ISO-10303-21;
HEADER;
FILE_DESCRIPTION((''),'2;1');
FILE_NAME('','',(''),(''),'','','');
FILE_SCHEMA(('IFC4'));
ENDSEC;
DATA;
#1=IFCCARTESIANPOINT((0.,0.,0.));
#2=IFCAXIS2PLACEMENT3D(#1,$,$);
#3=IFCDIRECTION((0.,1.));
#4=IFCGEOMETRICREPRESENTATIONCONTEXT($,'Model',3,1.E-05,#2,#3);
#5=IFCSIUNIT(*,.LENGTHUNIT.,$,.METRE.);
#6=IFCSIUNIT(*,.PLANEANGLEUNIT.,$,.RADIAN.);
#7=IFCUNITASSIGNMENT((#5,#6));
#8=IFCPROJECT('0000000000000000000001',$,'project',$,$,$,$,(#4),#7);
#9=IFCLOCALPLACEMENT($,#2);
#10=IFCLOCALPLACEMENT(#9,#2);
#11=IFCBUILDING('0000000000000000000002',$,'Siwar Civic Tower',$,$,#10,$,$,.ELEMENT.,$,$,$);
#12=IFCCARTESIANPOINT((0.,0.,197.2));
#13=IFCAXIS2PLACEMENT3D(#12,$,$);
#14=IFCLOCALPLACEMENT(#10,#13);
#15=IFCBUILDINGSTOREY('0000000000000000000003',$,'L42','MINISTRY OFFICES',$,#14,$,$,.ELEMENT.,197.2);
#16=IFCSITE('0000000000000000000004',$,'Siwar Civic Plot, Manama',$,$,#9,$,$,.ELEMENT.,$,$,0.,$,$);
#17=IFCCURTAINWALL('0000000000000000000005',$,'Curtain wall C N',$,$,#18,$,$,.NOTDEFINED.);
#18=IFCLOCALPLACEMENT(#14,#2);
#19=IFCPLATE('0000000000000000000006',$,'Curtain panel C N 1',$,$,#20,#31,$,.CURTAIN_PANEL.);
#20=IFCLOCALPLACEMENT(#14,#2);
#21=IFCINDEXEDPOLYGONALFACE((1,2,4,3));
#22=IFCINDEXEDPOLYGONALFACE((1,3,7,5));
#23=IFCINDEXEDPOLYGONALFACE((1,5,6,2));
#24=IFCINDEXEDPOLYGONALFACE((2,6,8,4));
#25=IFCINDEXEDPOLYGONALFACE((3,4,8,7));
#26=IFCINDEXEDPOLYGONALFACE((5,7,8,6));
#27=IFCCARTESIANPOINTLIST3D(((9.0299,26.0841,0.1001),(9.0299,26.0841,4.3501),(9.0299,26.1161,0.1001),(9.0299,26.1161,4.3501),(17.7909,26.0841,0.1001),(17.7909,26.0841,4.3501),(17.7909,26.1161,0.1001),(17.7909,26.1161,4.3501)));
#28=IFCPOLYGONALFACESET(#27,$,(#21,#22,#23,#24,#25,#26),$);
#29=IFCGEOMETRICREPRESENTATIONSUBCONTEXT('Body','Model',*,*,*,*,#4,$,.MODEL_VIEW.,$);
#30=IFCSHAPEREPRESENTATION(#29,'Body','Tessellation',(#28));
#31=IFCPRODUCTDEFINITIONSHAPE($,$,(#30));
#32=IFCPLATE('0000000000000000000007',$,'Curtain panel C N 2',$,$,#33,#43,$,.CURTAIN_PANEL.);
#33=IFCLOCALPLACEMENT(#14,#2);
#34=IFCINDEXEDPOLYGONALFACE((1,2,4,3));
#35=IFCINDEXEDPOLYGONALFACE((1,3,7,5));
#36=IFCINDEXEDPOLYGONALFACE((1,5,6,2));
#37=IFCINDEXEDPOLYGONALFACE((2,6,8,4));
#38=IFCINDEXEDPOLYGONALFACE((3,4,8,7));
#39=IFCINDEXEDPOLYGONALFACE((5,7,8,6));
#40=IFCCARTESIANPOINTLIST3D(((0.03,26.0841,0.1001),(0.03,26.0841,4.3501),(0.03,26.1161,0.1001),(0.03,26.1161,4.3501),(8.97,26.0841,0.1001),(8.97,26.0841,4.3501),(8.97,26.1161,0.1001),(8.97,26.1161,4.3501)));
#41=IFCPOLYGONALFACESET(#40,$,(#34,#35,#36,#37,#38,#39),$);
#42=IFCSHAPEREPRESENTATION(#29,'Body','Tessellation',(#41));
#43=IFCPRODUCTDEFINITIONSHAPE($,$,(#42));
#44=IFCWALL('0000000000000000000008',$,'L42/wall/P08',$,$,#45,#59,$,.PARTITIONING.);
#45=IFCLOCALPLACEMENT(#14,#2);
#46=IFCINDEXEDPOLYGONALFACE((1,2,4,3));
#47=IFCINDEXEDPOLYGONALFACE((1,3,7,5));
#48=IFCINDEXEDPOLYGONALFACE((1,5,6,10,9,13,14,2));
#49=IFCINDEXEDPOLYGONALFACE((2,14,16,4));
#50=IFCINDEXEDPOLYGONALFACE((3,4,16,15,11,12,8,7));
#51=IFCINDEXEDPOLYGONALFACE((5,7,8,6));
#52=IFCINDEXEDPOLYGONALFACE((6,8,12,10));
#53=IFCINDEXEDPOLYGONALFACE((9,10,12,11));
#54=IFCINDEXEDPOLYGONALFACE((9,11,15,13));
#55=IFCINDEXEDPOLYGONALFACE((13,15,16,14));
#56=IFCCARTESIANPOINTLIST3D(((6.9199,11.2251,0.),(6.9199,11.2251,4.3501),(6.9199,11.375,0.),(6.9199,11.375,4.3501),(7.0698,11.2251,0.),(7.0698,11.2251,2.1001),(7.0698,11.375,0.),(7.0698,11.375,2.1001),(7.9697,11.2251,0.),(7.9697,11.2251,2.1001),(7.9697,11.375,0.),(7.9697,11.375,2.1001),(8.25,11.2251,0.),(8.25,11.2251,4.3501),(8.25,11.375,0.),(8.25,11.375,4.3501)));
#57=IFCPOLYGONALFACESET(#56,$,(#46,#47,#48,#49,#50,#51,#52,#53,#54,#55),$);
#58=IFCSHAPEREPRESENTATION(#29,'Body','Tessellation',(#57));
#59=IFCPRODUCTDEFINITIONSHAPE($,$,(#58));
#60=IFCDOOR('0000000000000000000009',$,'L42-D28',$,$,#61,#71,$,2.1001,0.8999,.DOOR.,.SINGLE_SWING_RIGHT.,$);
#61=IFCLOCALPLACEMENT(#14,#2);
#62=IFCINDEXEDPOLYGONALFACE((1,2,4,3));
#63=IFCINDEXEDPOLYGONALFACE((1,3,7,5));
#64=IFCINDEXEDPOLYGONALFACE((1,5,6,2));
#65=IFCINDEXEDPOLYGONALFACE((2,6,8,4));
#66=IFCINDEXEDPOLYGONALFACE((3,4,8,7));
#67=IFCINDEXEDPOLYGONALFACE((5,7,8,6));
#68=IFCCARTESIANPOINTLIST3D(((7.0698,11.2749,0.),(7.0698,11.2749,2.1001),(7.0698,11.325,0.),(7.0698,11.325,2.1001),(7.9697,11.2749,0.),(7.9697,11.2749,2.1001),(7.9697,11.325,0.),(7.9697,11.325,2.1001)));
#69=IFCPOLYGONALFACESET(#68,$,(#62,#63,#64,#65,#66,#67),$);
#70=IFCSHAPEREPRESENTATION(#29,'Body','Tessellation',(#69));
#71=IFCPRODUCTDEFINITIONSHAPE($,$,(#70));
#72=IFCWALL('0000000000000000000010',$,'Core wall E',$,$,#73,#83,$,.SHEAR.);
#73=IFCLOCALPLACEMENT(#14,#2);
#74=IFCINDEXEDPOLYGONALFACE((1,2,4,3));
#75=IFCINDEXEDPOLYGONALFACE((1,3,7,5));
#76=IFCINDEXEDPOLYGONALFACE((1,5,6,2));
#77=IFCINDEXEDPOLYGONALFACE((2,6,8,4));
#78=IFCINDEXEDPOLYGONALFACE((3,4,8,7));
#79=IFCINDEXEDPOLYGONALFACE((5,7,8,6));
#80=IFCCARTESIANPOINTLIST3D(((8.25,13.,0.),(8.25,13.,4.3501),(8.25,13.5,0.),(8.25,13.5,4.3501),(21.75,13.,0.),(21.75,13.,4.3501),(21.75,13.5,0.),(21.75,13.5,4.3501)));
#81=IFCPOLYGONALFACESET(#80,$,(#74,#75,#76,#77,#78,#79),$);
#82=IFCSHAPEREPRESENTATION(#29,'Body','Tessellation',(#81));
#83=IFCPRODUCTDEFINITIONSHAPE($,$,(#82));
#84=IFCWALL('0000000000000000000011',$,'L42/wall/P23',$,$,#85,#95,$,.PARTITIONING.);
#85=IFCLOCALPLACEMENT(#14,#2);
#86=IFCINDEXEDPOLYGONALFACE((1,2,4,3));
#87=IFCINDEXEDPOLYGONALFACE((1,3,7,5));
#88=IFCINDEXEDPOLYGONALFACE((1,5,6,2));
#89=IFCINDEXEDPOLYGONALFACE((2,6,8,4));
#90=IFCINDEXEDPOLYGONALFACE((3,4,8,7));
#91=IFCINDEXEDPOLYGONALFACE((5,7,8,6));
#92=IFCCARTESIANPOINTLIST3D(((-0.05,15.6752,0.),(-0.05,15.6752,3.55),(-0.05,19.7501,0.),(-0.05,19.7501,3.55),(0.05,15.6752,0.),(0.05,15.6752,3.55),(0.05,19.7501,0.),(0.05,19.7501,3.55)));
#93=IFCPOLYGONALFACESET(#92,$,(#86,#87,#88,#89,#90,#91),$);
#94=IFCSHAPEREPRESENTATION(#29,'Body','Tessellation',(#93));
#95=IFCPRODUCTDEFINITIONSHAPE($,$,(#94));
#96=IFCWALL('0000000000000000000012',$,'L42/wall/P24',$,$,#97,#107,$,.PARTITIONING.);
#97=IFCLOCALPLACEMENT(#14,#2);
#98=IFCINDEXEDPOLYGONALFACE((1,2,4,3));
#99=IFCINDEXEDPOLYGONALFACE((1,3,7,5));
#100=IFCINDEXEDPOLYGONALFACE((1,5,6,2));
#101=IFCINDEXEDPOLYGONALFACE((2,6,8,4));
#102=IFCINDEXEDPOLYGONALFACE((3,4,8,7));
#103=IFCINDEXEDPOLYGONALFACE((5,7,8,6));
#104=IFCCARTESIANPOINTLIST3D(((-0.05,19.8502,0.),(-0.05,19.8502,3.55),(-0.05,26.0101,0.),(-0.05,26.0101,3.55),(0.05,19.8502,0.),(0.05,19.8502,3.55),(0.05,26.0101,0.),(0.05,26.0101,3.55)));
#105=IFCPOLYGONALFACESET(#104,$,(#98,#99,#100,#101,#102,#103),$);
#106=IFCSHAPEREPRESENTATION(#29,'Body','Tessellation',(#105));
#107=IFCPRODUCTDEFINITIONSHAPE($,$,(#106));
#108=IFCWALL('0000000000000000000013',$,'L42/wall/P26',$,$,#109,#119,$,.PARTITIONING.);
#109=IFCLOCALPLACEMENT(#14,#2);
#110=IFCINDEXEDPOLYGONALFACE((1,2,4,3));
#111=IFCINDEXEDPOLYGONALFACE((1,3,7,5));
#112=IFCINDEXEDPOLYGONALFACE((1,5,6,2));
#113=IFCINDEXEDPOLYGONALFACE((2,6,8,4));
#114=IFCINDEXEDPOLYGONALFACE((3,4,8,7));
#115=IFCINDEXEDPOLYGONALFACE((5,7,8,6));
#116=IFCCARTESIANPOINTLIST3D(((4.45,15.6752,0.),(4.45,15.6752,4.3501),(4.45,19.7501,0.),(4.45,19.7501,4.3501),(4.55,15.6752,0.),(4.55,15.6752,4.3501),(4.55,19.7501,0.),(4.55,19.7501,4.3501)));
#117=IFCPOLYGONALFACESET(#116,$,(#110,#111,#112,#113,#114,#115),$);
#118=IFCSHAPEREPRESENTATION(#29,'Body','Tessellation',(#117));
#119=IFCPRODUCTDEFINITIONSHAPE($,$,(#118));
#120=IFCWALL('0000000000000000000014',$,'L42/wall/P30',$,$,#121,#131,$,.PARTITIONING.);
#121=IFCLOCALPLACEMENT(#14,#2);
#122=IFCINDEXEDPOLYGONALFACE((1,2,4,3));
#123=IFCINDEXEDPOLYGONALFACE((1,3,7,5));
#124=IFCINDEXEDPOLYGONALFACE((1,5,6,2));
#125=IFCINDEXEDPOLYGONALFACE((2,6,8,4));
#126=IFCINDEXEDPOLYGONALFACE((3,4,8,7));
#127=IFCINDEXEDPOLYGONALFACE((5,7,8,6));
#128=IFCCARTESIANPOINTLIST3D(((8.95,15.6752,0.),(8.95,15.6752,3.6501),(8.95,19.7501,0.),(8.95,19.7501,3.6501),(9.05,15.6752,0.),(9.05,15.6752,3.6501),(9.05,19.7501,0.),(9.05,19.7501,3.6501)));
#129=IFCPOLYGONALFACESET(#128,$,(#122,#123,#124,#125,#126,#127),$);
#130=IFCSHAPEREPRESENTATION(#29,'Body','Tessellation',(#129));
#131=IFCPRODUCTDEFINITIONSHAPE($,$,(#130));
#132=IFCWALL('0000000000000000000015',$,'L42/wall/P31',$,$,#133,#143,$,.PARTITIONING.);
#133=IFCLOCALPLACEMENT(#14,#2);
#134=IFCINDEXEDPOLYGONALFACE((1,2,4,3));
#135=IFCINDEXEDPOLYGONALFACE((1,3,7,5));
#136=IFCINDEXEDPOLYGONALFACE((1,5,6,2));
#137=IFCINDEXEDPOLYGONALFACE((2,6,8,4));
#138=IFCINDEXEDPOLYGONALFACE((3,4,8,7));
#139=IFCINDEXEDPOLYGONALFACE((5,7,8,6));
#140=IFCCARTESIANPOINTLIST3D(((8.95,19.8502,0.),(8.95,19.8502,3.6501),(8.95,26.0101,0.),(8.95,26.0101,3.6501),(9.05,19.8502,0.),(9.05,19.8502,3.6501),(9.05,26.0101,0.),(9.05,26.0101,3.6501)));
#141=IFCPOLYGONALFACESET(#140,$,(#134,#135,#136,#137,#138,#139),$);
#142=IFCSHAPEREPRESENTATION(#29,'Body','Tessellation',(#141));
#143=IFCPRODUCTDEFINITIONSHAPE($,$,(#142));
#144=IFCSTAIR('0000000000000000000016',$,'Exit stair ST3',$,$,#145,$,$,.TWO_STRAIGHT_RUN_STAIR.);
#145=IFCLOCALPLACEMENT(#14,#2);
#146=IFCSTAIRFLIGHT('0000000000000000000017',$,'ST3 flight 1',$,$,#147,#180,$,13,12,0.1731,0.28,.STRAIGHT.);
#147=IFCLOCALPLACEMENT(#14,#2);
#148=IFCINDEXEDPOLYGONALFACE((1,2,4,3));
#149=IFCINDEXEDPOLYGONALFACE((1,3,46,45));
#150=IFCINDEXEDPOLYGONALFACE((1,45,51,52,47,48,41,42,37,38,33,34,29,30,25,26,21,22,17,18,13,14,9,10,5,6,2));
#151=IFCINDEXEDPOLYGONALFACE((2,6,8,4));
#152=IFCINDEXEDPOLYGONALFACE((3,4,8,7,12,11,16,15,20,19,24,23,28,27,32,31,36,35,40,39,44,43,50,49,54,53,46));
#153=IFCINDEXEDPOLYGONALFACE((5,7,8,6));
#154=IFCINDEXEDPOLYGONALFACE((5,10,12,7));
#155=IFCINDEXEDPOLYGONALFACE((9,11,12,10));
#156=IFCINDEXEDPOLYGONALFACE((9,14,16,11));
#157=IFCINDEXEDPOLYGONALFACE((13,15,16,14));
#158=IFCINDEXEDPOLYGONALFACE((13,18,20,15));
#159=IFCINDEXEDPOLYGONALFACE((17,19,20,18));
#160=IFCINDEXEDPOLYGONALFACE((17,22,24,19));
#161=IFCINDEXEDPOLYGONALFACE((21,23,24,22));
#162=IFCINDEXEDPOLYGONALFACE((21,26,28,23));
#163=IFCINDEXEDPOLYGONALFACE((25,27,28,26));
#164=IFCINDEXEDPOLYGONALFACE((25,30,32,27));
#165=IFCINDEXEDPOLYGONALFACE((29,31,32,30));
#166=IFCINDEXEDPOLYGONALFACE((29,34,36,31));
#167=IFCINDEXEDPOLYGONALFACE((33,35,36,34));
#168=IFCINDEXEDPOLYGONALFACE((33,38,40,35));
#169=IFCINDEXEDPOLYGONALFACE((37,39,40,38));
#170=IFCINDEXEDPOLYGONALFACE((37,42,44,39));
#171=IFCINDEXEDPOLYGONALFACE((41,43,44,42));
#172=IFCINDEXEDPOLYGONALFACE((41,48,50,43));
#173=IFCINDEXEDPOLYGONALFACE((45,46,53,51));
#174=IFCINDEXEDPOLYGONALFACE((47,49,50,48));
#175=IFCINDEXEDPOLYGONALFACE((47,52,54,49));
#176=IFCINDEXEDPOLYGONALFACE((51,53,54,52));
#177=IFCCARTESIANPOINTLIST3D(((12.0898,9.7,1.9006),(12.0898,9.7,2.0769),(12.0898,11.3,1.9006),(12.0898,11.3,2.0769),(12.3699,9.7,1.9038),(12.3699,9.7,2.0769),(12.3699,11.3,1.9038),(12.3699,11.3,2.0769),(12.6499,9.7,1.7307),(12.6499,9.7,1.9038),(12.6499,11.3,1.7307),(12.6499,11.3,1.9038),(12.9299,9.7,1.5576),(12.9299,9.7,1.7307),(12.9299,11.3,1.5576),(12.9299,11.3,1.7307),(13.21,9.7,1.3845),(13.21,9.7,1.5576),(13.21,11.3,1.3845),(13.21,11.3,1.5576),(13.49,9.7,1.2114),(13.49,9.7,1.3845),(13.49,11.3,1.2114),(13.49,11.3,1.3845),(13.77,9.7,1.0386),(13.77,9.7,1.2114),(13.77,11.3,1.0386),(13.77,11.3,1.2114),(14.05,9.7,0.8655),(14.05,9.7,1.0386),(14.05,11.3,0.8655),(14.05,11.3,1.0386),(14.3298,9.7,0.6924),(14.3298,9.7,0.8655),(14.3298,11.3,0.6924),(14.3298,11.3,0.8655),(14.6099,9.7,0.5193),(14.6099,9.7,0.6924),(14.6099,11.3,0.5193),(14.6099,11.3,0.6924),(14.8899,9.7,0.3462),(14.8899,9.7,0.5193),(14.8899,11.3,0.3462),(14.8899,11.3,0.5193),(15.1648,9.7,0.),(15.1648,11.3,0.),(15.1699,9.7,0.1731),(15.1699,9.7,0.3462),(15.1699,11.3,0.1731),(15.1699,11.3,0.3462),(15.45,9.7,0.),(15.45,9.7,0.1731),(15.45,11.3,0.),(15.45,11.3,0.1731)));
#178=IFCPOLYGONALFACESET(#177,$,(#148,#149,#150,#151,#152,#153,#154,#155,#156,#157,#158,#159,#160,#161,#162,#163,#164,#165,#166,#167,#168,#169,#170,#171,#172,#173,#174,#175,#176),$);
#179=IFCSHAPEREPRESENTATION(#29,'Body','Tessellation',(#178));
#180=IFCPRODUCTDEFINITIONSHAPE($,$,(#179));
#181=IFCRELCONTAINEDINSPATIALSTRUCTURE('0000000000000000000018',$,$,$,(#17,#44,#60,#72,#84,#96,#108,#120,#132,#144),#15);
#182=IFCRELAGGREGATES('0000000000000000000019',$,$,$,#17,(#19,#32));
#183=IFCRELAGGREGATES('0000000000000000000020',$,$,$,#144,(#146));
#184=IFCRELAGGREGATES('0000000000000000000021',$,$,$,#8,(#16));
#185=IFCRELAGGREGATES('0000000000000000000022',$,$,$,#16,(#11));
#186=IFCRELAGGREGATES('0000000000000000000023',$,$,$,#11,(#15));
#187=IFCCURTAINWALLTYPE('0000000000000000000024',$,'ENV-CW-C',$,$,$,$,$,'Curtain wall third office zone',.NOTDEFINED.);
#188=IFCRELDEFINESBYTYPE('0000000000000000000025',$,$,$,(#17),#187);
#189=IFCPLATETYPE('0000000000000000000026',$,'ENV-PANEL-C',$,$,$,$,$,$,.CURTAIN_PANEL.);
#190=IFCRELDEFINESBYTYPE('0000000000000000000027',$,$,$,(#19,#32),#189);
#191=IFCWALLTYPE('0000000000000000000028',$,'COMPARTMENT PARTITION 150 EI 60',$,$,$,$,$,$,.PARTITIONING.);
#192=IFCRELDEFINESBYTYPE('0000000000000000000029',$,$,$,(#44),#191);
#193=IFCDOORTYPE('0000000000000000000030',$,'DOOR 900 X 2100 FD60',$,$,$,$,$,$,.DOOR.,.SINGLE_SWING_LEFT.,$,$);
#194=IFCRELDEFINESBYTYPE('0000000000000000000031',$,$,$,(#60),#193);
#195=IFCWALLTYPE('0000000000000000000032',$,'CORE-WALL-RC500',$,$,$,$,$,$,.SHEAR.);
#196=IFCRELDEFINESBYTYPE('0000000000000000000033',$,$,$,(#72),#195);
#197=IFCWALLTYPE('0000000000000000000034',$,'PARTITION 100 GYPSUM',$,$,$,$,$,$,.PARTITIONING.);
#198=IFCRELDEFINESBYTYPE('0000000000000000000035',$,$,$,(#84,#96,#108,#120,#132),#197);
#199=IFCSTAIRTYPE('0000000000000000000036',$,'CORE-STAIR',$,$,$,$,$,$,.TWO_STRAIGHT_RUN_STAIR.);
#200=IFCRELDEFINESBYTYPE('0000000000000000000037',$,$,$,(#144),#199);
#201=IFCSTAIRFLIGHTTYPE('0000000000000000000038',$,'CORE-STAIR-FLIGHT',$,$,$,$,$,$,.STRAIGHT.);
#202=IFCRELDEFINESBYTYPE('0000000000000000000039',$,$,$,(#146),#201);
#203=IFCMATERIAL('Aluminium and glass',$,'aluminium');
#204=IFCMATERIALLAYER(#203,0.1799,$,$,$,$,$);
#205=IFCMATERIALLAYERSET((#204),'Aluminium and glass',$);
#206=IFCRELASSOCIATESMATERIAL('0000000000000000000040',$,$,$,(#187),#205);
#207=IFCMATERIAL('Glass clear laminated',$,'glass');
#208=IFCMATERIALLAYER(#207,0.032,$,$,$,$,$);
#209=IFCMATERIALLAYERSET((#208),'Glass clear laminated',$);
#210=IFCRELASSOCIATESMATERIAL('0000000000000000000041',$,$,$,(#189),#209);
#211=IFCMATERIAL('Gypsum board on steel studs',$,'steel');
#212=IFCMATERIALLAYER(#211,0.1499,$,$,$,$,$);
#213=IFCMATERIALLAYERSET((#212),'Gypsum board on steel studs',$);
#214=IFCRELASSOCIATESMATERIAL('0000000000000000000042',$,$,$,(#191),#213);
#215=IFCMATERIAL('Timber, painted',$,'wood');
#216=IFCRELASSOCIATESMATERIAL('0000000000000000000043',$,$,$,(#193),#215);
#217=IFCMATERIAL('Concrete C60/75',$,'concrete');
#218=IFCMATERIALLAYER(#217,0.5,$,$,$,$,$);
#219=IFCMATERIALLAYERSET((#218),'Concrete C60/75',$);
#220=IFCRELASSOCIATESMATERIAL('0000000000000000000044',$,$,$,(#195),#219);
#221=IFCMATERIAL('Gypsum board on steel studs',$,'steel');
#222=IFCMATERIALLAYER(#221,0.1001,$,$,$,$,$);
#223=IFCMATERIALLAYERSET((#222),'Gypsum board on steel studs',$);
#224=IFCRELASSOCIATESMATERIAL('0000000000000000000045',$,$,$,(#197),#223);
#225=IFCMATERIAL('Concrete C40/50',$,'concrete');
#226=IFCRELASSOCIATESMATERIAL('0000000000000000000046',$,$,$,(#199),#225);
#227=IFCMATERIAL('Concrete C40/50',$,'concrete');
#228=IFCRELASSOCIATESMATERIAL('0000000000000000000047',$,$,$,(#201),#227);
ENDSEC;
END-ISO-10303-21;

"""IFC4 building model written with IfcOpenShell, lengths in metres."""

from ifc_helpers import new_model, si_unit, direction, frame, frame_2d, origin, origin_2d, place, context, subcontext, project, spatial, polyline, rectangle, outline, extrude, material, layer, layer_set, type_object, element, fill, aggregate, save


model = new_model("IFC4")

# Units and contexts
model_context = context("Model", 3, precision=1e-05, world=origin(), true_north=direction((0.0, 1.0)))
body_context = subcontext(model_context, "Body", "Model", "MODEL_VIEW")
ifc_project = project(units=[si_unit("LENGTHUNIT", "METRE"), si_unit("PLANEANGLEUNIT", "RADIAN")], contexts=[model_context])

# Site, building, storey
site_placement = place(None, origin())
site = spatial("IfcSite", under=ifc_project, at=site_placement, Name="Siwar Civic Plot, Manama", CompositionType="ELEMENT", RefElevation=0.0)
building_placement = place(site_placement, origin())
building = spatial("IfcBuilding", under=site, at=building_placement, Name="Siwar Civic Tower", CompositionType="ELEMENT")
storey_placement = place(building_placement, frame((0.0, 0.0, 197.2)))
storey = spatial("IfcBuildingStorey", under=building, at=storey_placement, Name="L42", Description="MINISTRY OFFICES", CompositionType="ELEMENT", Elevation=197.2)

# Curtain wall
ifc_material_1 = material(Name="Aluminium and glass", Category="aluminium")
ifc_layer_1 = layer(ifc_material_1, 0.1799)
ifc_layer_set_1 = layer_set([ifc_layer_1], Name="Aluminium and glass")
curtain_wall_type = type_object("IfcCurtainWallType", Name="ENV-CW-C", ElementType="Curtain wall third office zone", PredefinedType="NOTDEFINED", material=ifc_layer_set_1)
curtain_wall_placement = place(storey_placement, origin())
curtain_wall = element("IfcCurtainWall", 1, at=curtain_wall_placement, inside=storey, type_object=curtain_wall_type, Name="Curtain wall C N", PredefinedType="NOTDEFINED")

# Plates
ifc_material_2 = material(Name="Glass clear laminated", Category="glass")
ifc_layer_2 = layer(ifc_material_2, 0.032)
ifc_layer_set_2 = layer_set([ifc_layer_2], Name="Glass clear laminated")
plate_type = type_object("IfcPlateType", Name="ENV-PANEL-C", PredefinedType="CURTAIN_PANEL", material=ifc_layer_set_2)
plate_1_placement = place(storey_placement, frame((13.4104, 26.1001, 0.1001), z_axis=(0.0, 0.0, 1.0), x_axis=(-1.0, 0.0, 0.0)))
plate_1 = element("IfcPlate", 2, at=plate_1_placement, type_object=plate_type, Name="Curtain panel C N 1", PredefinedType="CURTAIN_PANEL", context=body_context, shape_type="SweptSolid", body=[
    extrude(rectangle(XDim=8.761, YDim=0.032, at=origin_2d()), origin(), (0.0, 0.0, 1.0), 4.25),
])
plate_2_placement = place(storey_placement, frame((4.5, 26.1001, 0.1001), z_axis=(0.0, 0.0, 1.0), x_axis=(-1.0, 0.0, 0.0)))
plate_2 = element("IfcPlate", 3, at=plate_2_placement, type_object=plate_type, Name="Curtain panel C N 2", PredefinedType="CURTAIN_PANEL", context=body_context, shape_type="SweptSolid", body=[
    extrude(rectangle(XDim=8.9399, YDim=0.032, at=origin_2d()), origin(), (0.0, 0.0, 1.0), 4.25),
])
aggregate(curtain_wall, [plate_1, plate_2])

# Wall, opening, door
ifc_material_3 = material(Name="Gypsum board on steel studs", Category="steel")
ifc_layer_3 = layer(ifc_material_3, 0.1499)
ifc_layer_set_3 = layer_set([ifc_layer_3], Name="Gypsum board on steel studs")
wall_type_1 = type_object("IfcWallType", Name="COMPARTMENT PARTITION 150 EI 60", PredefinedType="PARTITIONING", material=ifc_layer_set_3)
wall_1_placement = place(storey_placement, frame((6.9199, 11.3, 0.0), z_axis=(0.0, 0.0, 1.0), x_axis=(1.0, 0.0, 0.0)))
wall_1 = element("IfcWall", 4, at=wall_1_placement, inside=storey, type_object=wall_type_1, Name="L42/wall/P08", PredefinedType="PARTITIONING", context=body_context, shape_type="SweptSolid", body=[
    extrude(rectangle(XDim=1.3301, YDim=0.1499, at=frame_2d((0.665, 0.0))), origin(), (0.0, 0.0, 1.0), 4.3501),
])
opening_placement = place(wall_1_placement, frame((0.1499, 0.0, 0.0)))
opening = element("IfcOpeningElement", 5, at=opening_placement, cuts=wall_1, PredefinedType="OPENING", context=body_context, shape_type="SweptSolid", body=[
    extrude(rectangle(XDim=0.8999, YDim=2.1001, at=frame_2d((0.45, 1.05))), frame((0.0, 0.085, 0.0), z_axis=(0.0, -1.0, 0.0), x_axis=(1.0, 0.0, 0.0)), (0.0, 0.0, 1.0), 0.1699),
])
ifc_material_4 = material(Name="Timber, painted", Category="wood")
door_type = type_object("IfcDoorType", Name="DOOR 900 X 2100 FD60", OperationType="SINGLE_SWING_LEFT", PredefinedType="DOOR", material=ifc_material_4)
door_placement = place(opening_placement, origin())
door = element("IfcDoor", 6, at=door_placement, inside=storey, type_object=door_type, Name="L42-D28", OperationType="SINGLE_SWING_RIGHT", OverallHeight=2.1001, OverallWidth=0.8999, PredefinedType="DOOR", context=body_context, shape_type="SweptSolid", body=[
    extrude(rectangle(XDim=0.8999, YDim=2.1001, at=frame_2d((0.45, 1.05))), frame((0.0, 0.0249, 0.0), z_axis=(0.0, -1.0, 0.0), x_axis=(1.0, 0.0, 0.0)), (0.0, 0.0, 1.0), 0.05),
])
fill(opening, door)

# Walls
ifc_material_5 = material(Name="Concrete C60/75", Category="concrete")
ifc_layer_4 = layer(ifc_material_5, 0.5)
ifc_layer_set_4 = layer_set([ifc_layer_4], Name="Concrete C60/75")
wall_type_2 = type_object("IfcWallType", Name="CORE-WALL-RC500", PredefinedType="SHEAR", material=ifc_layer_set_4)
wall_2_placement = place(storey_placement, frame((8.25, 13.25, 0.0), z_axis=(0.0, 0.0, 1.0), x_axis=(1.0, 0.0, 0.0)))
element("IfcWall", 7, at=wall_2_placement, inside=storey, type_object=wall_type_2, Name="Core wall E", PredefinedType="SHEAR", context=body_context, shape_type="SweptSolid", body=[
    extrude(rectangle(XDim=13.5, YDim=0.5, at=frame_2d((6.75, 0.0))), origin(), (0.0, 0.0, 1.0), 4.3501),
])
ifc_material_6 = material(Name="Gypsum board on steel studs", Category="steel")
ifc_layer_5 = layer(ifc_material_6, 0.1001)
ifc_layer_set_5 = layer_set([ifc_layer_5], Name="Gypsum board on steel studs")
wall_type_3 = type_object("IfcWallType", Name="PARTITION 100 GYPSUM", PredefinedType="PARTITIONING", material=ifc_layer_set_5)
wall_3_placement = place(storey_placement, frame((0.0, 15.675, 0.0), z_axis=(0.0, 0.0, 1.0), x_axis=(0.0, 1.0, 0.0)))
element("IfcWall", 8, at=wall_3_placement, inside=storey, type_object=wall_type_3, Name="L42/wall/P23", PredefinedType="PARTITIONING", context=body_context, shape_type="SweptSolid", body=[
    extrude(rectangle(XDim=4.075, YDim=0.1001, at=frame_2d((2.0376, 0.0))), origin(), (0.0, 0.0, 1.0), 3.55),
])
wall_4_placement = place(storey_placement, frame((0.0, 19.8501, 0.0), z_axis=(0.0, 0.0, 1.0), x_axis=(0.0, 1.0, 0.0)))
element("IfcWall", 9, at=wall_4_placement, inside=storey, type_object=wall_type_3, Name="L42/wall/P24", PredefinedType="PARTITIONING", context=body_context, shape_type="SweptSolid", body=[
    extrude(rectangle(XDim=6.1599, YDim=0.1001, at=frame_2d((3.0801, 0.0))), origin(), (0.0, 0.0, 1.0), 3.55),
])
wall_5_placement = place(storey_placement, frame((4.5, 15.675, 0.0), z_axis=(0.0, 0.0, 1.0), x_axis=(0.0, 1.0, 0.0)))
element("IfcWall", 10, at=wall_5_placement, inside=storey, type_object=wall_type_3, Name="L42/wall/P26", PredefinedType="PARTITIONING", context=body_context, shape_type="SweptSolid", body=[
    extrude(rectangle(XDim=4.075, YDim=0.1001, at=frame_2d((2.0376, 0.0))), origin(), (0.0, 0.0, 1.0), 4.3501),
])
wall_6_placement = place(storey_placement, frame((9.0, 15.675, 0.0), z_axis=(0.0, 0.0, 1.0), x_axis=(0.0, 1.0, 0.0)))
element("IfcWall", 11, at=wall_6_placement, inside=storey, type_object=wall_type_3, Name="L42/wall/P30", PredefinedType="PARTITIONING", context=body_context, shape_type="SweptSolid", body=[
    extrude(rectangle(XDim=4.075, YDim=0.1001, at=frame_2d((2.0376, 0.0))), origin(), (0.0, 0.0, 1.0), 3.6501),
])
wall_7_placement = place(storey_placement, frame((9.0, 19.8501, 0.0), z_axis=(0.0, 0.0, 1.0), x_axis=(0.0, 1.0, 0.0)))
element("IfcWall", 12, at=wall_7_placement, inside=storey, type_object=wall_type_3, Name="L42/wall/P31", PredefinedType="PARTITIONING", context=body_context, shape_type="SweptSolid", body=[
    extrude(rectangle(XDim=6.1599, YDim=0.1001, at=frame_2d((3.0801, 0.0))), origin(), (0.0, 0.0, 1.0), 3.6501),
])

# Stair, stair flight
ifc_material_7 = material(Name="Concrete C40/50", Category="concrete")
stair_type = type_object("IfcStairType", Name="CORE-STAIR", PredefinedType="TWO_STRAIGHT_RUN_STAIR", material=ifc_material_7)
stair_placement = place(storey_placement, origin())
stair = element("IfcStair", 13, at=stair_placement, inside=storey, type_object=stair_type, Name="Exit stair ST3", PredefinedType="TWO_STRAIGHT_RUN_STAIR")
ifc_material_8 = material(Name="Concrete C40/50", Category="concrete")
stair_flight_type = type_object("IfcStairFlightType", Name="CORE-STAIR-FLIGHT", PredefinedType="STRAIGHT", material=ifc_material_8)
stair_flight_1_placement = place(storey_placement, frame((15.45, 10.5, 0.0), z_axis=(0.0, 0.0, 1.0), x_axis=(-1.0, 0.0, 0.0)))
stair_flight_1 = element("IfcStairFlight", 14, at=stair_flight_1_placement, type_object=stair_flight_type, Name="ST3 flight 1", NumberOfRisers=13, NumberOfTreads=12, PredefinedType="STRAIGHT", RiserHeight=0.1731, TreadLength=0.28, context=body_context, shape_type="SweptSolid", body=[
    extrude(outline(polyline([(0.0, 0.0), (0.0, 0.1731), (0.28, 0.1731), (0.28, 0.3462), (0.5601, 0.3462), (0.5601, 0.5193), (0.8401, 0.5193), (0.8401, 0.6924), (1.1201, 0.6924), (1.1201, 0.8655), (1.3999, 0.8655), (1.3999, 1.0386), (1.6799, 1.0386), (1.6799, 1.2114), (1.96, 1.2114), (1.96, 1.3845), (2.24, 1.3845), (2.24, 1.5576), (2.52, 1.5576), (2.52, 1.7307), (2.8, 1.7307), (2.8, 1.9038), (3.0801, 1.9038), (3.0801, 2.0769), (3.3601, 2.0769), (3.3601, 2.25), (3.3601, 1.9006), (0.2852, 0.0), (0.0, 0.0)])), frame((0.0, 0.8, 0.0), z_axis=(0.0, -1.0, 0.0), x_axis=(1.0, 0.0, 0.0)), (0.0, 0.0, 1.0), 1.6001),
])
aggregate(stair, [stair_flight_1])

save(model, "model.ifc")
